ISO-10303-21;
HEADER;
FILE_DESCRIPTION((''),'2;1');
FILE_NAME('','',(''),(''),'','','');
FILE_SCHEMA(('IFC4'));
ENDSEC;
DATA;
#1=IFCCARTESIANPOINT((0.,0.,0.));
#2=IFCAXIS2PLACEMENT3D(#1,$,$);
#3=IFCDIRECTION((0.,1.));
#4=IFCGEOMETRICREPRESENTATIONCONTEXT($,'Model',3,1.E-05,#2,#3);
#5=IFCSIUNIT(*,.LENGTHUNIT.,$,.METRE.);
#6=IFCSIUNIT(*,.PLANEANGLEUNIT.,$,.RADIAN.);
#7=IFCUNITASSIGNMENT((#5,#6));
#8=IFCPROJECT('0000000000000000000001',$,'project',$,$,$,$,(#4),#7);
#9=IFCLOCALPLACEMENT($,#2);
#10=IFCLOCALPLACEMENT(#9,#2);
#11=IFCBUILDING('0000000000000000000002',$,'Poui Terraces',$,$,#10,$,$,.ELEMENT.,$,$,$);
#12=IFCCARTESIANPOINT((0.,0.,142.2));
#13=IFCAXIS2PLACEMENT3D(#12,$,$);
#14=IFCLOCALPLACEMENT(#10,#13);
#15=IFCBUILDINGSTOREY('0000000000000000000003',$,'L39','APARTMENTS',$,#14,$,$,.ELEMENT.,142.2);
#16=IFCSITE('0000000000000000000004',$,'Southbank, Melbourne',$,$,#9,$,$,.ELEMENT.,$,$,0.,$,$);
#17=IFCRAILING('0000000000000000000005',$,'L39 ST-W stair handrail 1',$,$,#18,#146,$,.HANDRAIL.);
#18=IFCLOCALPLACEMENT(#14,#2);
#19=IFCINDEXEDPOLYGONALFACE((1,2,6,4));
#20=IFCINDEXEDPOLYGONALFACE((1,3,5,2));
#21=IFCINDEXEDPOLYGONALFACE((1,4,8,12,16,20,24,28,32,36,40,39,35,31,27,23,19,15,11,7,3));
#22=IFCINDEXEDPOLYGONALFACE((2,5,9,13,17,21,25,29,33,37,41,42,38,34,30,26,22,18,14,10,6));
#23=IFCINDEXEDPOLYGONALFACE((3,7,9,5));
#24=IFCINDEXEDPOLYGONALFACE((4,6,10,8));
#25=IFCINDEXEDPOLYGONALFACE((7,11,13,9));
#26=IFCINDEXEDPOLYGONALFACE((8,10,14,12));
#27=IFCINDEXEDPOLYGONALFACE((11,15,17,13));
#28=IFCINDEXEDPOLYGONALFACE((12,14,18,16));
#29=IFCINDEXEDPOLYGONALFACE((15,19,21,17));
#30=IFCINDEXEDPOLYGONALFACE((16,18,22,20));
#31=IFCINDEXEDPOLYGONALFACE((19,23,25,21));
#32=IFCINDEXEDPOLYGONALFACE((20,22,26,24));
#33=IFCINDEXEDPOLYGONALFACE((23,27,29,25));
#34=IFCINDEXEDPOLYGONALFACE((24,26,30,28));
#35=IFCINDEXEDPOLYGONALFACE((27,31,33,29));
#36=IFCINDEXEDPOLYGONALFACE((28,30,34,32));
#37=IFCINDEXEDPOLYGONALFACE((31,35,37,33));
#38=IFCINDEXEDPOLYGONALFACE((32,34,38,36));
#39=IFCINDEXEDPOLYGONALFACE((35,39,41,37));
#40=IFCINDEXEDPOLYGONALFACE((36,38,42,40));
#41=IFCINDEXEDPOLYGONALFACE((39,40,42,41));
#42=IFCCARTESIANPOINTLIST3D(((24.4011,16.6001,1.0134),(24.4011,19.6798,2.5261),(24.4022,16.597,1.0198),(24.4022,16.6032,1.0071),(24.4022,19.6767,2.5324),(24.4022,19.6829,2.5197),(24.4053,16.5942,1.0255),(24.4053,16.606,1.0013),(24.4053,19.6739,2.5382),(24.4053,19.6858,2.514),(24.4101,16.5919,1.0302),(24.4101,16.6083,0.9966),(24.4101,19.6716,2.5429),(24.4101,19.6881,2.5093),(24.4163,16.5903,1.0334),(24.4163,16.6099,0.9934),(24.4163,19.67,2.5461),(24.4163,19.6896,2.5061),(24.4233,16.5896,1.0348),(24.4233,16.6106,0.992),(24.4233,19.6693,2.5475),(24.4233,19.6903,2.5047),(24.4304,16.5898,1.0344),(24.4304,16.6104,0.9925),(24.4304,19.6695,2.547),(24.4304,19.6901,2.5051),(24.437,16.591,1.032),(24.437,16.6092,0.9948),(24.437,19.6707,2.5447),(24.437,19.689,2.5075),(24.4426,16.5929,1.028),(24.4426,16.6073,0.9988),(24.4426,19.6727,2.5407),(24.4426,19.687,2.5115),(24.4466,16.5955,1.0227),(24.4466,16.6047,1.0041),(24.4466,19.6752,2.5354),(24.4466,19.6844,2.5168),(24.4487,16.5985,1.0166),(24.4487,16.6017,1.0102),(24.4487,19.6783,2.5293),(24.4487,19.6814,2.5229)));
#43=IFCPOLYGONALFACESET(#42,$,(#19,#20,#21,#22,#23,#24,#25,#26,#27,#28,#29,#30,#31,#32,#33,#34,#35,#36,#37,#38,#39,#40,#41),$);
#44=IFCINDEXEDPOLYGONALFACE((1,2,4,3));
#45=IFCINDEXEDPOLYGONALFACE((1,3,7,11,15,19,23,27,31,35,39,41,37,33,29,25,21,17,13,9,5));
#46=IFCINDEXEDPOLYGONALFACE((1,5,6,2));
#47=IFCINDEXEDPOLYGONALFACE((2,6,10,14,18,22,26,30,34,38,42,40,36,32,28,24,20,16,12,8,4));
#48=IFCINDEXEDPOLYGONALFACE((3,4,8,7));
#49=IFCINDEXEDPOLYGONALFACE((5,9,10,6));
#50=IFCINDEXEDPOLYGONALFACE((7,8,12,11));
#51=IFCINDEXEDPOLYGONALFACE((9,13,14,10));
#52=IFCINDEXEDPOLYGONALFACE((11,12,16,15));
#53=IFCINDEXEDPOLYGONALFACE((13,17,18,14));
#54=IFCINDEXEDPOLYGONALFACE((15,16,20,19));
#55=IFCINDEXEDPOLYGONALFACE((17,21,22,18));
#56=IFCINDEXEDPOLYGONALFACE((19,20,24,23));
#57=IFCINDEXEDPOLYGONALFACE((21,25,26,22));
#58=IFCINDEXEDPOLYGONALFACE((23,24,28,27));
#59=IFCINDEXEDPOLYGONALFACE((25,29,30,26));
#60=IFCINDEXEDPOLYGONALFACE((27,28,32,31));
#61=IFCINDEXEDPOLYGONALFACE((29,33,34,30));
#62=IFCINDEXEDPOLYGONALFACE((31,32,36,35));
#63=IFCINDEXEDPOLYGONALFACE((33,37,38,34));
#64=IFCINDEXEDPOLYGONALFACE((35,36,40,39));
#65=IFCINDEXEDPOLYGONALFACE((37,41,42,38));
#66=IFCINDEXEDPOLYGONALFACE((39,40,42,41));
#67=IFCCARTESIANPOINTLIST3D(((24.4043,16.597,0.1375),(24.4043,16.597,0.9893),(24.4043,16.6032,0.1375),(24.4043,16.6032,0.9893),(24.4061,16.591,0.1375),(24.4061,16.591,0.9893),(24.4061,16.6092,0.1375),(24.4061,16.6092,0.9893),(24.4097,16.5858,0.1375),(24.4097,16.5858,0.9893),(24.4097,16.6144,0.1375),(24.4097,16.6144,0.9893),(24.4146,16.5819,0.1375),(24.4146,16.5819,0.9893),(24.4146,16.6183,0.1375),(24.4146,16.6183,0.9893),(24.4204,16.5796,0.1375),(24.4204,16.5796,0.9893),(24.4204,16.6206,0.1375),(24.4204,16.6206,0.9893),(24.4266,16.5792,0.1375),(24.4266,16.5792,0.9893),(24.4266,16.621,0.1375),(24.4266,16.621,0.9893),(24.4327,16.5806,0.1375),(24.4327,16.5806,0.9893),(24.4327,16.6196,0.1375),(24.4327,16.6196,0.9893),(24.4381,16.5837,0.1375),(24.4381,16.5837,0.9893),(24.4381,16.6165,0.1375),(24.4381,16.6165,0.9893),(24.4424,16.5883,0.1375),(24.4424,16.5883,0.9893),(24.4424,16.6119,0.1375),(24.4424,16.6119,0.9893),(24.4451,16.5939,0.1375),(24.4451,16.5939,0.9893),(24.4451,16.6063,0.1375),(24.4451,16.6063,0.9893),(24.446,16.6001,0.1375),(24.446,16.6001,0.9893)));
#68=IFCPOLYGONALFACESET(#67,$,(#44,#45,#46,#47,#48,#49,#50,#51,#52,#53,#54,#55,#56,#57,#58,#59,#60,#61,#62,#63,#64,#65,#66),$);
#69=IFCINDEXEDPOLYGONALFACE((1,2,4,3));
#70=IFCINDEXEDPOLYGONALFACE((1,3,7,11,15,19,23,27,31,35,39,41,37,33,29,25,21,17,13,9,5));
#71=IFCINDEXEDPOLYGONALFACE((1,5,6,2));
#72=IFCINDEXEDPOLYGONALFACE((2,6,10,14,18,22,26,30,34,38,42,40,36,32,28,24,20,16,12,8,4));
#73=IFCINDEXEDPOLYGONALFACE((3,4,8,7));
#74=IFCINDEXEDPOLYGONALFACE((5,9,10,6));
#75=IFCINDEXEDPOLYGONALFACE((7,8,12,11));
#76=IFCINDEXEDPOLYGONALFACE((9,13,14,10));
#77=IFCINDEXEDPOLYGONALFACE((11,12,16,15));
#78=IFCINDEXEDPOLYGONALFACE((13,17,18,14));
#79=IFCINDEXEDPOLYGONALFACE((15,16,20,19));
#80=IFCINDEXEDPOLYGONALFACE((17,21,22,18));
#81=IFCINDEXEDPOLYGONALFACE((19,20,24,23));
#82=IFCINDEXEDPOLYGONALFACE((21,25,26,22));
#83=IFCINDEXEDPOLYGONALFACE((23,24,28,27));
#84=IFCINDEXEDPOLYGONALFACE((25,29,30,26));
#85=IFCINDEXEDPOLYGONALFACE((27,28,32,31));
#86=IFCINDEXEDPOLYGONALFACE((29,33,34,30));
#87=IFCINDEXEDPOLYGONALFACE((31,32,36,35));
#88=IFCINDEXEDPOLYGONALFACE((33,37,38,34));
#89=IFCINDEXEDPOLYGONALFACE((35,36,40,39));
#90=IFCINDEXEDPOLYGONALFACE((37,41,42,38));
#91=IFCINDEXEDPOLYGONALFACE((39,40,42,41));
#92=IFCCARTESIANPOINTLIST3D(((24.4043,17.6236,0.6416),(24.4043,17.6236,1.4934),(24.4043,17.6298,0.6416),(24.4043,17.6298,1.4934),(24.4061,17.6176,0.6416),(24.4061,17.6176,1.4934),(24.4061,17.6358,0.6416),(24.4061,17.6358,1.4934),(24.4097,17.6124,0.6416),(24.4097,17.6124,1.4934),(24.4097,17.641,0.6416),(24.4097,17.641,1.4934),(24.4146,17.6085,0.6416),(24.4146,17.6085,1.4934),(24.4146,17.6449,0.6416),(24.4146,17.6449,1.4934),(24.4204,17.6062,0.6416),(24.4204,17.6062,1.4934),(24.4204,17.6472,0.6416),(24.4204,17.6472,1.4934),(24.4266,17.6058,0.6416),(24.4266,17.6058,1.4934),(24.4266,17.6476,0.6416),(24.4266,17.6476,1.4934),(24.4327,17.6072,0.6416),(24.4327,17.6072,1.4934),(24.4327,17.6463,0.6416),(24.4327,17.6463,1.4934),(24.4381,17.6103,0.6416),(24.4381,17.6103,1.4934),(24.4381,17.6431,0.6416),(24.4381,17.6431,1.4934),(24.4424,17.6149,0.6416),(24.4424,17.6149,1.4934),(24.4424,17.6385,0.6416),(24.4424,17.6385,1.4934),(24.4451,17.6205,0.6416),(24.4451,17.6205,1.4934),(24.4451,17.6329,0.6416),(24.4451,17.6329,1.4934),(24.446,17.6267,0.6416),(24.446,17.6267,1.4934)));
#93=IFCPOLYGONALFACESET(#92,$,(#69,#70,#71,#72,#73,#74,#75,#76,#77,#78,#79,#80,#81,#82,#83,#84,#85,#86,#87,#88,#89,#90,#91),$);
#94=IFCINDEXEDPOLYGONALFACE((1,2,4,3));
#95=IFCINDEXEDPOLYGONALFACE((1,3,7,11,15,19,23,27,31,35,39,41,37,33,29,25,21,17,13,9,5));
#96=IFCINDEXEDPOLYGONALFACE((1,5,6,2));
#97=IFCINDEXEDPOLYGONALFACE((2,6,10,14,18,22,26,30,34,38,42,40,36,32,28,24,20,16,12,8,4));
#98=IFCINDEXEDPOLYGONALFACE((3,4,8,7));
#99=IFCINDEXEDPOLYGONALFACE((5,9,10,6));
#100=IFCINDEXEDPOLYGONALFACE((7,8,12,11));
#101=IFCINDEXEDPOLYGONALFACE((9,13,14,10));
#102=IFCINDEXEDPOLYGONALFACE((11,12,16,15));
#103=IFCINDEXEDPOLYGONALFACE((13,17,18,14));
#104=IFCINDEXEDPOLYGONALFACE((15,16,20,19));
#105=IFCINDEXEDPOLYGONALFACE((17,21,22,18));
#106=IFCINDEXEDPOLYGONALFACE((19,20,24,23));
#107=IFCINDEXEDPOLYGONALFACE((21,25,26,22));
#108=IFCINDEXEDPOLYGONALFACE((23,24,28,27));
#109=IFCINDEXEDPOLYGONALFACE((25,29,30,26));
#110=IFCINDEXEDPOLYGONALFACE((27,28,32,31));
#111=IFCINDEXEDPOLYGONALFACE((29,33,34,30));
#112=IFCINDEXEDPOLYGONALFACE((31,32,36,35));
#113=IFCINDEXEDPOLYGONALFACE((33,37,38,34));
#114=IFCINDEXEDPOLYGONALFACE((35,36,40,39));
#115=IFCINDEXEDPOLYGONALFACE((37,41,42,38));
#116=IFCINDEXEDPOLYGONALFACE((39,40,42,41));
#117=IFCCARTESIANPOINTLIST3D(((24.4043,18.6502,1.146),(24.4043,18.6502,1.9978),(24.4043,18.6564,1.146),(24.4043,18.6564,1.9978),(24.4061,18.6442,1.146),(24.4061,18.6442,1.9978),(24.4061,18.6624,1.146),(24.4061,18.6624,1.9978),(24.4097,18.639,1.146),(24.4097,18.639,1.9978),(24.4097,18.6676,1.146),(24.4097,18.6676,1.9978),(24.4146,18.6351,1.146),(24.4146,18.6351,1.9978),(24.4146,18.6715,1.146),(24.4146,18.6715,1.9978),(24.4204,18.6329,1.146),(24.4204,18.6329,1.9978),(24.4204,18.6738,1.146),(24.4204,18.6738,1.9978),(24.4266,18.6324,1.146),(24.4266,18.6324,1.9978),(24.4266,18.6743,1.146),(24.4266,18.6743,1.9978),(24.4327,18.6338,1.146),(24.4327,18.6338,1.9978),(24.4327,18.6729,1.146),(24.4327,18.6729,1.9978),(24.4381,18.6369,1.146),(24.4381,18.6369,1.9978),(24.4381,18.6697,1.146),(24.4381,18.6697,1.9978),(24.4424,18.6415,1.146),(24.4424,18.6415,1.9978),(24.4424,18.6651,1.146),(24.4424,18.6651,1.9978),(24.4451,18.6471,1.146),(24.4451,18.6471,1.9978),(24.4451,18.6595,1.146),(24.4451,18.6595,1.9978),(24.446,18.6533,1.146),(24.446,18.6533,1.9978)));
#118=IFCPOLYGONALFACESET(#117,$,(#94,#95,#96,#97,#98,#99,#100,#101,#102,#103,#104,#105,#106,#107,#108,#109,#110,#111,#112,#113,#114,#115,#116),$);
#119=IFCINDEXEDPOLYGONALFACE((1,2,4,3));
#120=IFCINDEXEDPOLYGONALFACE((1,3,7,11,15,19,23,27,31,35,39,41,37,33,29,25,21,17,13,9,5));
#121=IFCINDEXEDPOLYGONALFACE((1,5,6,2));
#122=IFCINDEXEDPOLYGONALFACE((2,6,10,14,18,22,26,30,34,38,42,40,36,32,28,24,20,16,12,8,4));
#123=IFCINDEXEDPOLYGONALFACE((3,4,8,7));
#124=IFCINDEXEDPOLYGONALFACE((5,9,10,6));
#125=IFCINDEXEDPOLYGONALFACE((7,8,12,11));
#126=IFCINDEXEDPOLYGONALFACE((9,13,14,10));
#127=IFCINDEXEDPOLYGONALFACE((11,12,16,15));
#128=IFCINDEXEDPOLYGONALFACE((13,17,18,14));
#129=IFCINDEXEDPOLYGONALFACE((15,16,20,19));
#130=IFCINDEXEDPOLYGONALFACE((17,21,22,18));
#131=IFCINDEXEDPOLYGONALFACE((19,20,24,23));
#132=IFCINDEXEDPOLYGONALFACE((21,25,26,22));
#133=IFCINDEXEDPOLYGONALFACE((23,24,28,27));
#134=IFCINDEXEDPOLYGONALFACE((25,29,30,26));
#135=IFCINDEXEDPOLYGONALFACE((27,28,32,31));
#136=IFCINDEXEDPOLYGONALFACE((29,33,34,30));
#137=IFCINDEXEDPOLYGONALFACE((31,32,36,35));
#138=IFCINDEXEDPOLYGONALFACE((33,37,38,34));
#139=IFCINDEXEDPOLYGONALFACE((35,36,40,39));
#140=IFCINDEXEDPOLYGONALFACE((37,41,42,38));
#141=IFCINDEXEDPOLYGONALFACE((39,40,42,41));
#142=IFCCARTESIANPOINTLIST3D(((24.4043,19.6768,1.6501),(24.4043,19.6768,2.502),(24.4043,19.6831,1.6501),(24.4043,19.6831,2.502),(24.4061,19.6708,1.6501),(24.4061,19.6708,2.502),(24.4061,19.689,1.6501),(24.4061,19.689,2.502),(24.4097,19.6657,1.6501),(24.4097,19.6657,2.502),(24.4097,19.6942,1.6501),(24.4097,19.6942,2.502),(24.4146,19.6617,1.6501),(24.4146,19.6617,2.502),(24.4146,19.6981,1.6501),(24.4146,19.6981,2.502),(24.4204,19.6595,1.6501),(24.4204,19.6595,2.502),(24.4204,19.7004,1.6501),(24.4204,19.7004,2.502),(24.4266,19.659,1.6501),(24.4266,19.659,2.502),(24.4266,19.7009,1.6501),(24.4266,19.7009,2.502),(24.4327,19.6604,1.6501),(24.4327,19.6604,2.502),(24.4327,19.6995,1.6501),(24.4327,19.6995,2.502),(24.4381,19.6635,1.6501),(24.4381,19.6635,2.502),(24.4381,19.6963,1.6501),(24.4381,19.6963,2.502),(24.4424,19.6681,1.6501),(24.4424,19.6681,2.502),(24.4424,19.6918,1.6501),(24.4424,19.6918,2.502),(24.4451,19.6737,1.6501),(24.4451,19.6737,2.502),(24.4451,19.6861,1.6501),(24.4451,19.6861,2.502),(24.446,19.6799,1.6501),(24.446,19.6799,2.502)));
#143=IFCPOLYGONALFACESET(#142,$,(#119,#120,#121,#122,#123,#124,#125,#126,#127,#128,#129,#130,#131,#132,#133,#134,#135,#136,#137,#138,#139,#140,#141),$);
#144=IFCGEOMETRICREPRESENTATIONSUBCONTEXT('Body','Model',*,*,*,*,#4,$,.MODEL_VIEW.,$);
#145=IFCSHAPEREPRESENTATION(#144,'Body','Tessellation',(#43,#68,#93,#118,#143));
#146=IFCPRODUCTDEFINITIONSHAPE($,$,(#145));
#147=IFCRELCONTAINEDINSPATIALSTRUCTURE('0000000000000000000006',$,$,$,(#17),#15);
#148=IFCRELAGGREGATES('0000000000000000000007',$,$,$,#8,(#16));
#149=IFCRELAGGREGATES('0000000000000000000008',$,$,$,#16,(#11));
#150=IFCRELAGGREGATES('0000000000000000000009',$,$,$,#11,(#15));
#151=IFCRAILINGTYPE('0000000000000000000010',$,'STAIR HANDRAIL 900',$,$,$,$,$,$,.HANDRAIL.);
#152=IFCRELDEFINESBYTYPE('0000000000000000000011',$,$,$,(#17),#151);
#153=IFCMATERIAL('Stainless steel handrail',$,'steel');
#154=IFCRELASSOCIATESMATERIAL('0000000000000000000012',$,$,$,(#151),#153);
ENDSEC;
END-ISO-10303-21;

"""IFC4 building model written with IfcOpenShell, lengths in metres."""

from ifc_helpers import new_model, si_unit, direction, frame, origin, origin_2d, place, context, subcontext, project, spatial, circle, extrude, material, type_object, element, save


model = new_model("IFC4")

# Units and contexts
model_context = context("Model", 3, precision=1e-05, world=origin(), true_north=direction((0.0, 1.0)))
body_context = subcontext(model_context, "Body", "Model", "MODEL_VIEW")
ifc_project = project(units=[si_unit("LENGTHUNIT", "METRE"), si_unit("PLANEANGLEUNIT", "RADIAN")], contexts=[model_context])

# Site, building, storey
site_placement = place(None, origin())
site = spatial("IfcSite", under=ifc_project, at=site_placement, Name="Southbank, Melbourne", CompositionType="ELEMENT", RefElevation=0.0)
building_placement = place(site_placement, origin())
building = spatial("IfcBuilding", under=site, at=building_placement, Name="Poui Terraces", CompositionType="ELEMENT")
storey_placement = place(building_placement, frame((0.0, 0.0, 142.2)))
storey = spatial("IfcBuildingStorey", under=building, at=storey_placement, Name="L39", Description="APARTMENTS", CompositionType="ELEMENT", Elevation=142.2)

# Railing
ifc_material_1 = material(Name="Stainless steel handrail", Category="steel")
railing_type_1 = type_object("IfcRailingType", Name="STAIR HANDRAIL 900", PredefinedType="HANDRAIL", material=ifc_material_1)
railing_1_placement = place(storey_placement, frame((24.425, 16.6001, 0.1375)))
element("IfcRailing", 1, at=railing_1_placement, inside=storey, type_object=railing_type_1, Name="L39 ST-W stair handrail 1", PredefinedType="HANDRAIL", context=body_context, shape_type="SweptSolid", body=[
    extrude(circle(Radius=0.0239, at=origin_2d()), frame((0.0, 0.0, 0.876), z_axis=(0.0, 0.897578, 0.440856), x_axis=(-1.0, 0.0, 0.0)), (0.0, 0.0, 1.0), 3.4312),
    extrude(circle(Radius=0.021, at=origin_2d()), origin(), (0.0, 0.0, 1.0), 0.8518),
    extrude(circle(Radius=0.021, at=origin_2d()), frame((0.0, 1.0266, 0.5042)), (0.0, 0.0, 1.0), 0.8518),
    extrude(circle(Radius=0.021, at=origin_2d()), frame((0.0, 2.0532, 1.0085)), (0.0, 0.0, 1.0), 0.8518),
    extrude(circle(Radius=0.021, at=origin_2d()), frame((0.0, 3.0798, 1.5127)), (0.0, 0.0, 1.0), 0.8518),
])

save(model, "model.ifc")
